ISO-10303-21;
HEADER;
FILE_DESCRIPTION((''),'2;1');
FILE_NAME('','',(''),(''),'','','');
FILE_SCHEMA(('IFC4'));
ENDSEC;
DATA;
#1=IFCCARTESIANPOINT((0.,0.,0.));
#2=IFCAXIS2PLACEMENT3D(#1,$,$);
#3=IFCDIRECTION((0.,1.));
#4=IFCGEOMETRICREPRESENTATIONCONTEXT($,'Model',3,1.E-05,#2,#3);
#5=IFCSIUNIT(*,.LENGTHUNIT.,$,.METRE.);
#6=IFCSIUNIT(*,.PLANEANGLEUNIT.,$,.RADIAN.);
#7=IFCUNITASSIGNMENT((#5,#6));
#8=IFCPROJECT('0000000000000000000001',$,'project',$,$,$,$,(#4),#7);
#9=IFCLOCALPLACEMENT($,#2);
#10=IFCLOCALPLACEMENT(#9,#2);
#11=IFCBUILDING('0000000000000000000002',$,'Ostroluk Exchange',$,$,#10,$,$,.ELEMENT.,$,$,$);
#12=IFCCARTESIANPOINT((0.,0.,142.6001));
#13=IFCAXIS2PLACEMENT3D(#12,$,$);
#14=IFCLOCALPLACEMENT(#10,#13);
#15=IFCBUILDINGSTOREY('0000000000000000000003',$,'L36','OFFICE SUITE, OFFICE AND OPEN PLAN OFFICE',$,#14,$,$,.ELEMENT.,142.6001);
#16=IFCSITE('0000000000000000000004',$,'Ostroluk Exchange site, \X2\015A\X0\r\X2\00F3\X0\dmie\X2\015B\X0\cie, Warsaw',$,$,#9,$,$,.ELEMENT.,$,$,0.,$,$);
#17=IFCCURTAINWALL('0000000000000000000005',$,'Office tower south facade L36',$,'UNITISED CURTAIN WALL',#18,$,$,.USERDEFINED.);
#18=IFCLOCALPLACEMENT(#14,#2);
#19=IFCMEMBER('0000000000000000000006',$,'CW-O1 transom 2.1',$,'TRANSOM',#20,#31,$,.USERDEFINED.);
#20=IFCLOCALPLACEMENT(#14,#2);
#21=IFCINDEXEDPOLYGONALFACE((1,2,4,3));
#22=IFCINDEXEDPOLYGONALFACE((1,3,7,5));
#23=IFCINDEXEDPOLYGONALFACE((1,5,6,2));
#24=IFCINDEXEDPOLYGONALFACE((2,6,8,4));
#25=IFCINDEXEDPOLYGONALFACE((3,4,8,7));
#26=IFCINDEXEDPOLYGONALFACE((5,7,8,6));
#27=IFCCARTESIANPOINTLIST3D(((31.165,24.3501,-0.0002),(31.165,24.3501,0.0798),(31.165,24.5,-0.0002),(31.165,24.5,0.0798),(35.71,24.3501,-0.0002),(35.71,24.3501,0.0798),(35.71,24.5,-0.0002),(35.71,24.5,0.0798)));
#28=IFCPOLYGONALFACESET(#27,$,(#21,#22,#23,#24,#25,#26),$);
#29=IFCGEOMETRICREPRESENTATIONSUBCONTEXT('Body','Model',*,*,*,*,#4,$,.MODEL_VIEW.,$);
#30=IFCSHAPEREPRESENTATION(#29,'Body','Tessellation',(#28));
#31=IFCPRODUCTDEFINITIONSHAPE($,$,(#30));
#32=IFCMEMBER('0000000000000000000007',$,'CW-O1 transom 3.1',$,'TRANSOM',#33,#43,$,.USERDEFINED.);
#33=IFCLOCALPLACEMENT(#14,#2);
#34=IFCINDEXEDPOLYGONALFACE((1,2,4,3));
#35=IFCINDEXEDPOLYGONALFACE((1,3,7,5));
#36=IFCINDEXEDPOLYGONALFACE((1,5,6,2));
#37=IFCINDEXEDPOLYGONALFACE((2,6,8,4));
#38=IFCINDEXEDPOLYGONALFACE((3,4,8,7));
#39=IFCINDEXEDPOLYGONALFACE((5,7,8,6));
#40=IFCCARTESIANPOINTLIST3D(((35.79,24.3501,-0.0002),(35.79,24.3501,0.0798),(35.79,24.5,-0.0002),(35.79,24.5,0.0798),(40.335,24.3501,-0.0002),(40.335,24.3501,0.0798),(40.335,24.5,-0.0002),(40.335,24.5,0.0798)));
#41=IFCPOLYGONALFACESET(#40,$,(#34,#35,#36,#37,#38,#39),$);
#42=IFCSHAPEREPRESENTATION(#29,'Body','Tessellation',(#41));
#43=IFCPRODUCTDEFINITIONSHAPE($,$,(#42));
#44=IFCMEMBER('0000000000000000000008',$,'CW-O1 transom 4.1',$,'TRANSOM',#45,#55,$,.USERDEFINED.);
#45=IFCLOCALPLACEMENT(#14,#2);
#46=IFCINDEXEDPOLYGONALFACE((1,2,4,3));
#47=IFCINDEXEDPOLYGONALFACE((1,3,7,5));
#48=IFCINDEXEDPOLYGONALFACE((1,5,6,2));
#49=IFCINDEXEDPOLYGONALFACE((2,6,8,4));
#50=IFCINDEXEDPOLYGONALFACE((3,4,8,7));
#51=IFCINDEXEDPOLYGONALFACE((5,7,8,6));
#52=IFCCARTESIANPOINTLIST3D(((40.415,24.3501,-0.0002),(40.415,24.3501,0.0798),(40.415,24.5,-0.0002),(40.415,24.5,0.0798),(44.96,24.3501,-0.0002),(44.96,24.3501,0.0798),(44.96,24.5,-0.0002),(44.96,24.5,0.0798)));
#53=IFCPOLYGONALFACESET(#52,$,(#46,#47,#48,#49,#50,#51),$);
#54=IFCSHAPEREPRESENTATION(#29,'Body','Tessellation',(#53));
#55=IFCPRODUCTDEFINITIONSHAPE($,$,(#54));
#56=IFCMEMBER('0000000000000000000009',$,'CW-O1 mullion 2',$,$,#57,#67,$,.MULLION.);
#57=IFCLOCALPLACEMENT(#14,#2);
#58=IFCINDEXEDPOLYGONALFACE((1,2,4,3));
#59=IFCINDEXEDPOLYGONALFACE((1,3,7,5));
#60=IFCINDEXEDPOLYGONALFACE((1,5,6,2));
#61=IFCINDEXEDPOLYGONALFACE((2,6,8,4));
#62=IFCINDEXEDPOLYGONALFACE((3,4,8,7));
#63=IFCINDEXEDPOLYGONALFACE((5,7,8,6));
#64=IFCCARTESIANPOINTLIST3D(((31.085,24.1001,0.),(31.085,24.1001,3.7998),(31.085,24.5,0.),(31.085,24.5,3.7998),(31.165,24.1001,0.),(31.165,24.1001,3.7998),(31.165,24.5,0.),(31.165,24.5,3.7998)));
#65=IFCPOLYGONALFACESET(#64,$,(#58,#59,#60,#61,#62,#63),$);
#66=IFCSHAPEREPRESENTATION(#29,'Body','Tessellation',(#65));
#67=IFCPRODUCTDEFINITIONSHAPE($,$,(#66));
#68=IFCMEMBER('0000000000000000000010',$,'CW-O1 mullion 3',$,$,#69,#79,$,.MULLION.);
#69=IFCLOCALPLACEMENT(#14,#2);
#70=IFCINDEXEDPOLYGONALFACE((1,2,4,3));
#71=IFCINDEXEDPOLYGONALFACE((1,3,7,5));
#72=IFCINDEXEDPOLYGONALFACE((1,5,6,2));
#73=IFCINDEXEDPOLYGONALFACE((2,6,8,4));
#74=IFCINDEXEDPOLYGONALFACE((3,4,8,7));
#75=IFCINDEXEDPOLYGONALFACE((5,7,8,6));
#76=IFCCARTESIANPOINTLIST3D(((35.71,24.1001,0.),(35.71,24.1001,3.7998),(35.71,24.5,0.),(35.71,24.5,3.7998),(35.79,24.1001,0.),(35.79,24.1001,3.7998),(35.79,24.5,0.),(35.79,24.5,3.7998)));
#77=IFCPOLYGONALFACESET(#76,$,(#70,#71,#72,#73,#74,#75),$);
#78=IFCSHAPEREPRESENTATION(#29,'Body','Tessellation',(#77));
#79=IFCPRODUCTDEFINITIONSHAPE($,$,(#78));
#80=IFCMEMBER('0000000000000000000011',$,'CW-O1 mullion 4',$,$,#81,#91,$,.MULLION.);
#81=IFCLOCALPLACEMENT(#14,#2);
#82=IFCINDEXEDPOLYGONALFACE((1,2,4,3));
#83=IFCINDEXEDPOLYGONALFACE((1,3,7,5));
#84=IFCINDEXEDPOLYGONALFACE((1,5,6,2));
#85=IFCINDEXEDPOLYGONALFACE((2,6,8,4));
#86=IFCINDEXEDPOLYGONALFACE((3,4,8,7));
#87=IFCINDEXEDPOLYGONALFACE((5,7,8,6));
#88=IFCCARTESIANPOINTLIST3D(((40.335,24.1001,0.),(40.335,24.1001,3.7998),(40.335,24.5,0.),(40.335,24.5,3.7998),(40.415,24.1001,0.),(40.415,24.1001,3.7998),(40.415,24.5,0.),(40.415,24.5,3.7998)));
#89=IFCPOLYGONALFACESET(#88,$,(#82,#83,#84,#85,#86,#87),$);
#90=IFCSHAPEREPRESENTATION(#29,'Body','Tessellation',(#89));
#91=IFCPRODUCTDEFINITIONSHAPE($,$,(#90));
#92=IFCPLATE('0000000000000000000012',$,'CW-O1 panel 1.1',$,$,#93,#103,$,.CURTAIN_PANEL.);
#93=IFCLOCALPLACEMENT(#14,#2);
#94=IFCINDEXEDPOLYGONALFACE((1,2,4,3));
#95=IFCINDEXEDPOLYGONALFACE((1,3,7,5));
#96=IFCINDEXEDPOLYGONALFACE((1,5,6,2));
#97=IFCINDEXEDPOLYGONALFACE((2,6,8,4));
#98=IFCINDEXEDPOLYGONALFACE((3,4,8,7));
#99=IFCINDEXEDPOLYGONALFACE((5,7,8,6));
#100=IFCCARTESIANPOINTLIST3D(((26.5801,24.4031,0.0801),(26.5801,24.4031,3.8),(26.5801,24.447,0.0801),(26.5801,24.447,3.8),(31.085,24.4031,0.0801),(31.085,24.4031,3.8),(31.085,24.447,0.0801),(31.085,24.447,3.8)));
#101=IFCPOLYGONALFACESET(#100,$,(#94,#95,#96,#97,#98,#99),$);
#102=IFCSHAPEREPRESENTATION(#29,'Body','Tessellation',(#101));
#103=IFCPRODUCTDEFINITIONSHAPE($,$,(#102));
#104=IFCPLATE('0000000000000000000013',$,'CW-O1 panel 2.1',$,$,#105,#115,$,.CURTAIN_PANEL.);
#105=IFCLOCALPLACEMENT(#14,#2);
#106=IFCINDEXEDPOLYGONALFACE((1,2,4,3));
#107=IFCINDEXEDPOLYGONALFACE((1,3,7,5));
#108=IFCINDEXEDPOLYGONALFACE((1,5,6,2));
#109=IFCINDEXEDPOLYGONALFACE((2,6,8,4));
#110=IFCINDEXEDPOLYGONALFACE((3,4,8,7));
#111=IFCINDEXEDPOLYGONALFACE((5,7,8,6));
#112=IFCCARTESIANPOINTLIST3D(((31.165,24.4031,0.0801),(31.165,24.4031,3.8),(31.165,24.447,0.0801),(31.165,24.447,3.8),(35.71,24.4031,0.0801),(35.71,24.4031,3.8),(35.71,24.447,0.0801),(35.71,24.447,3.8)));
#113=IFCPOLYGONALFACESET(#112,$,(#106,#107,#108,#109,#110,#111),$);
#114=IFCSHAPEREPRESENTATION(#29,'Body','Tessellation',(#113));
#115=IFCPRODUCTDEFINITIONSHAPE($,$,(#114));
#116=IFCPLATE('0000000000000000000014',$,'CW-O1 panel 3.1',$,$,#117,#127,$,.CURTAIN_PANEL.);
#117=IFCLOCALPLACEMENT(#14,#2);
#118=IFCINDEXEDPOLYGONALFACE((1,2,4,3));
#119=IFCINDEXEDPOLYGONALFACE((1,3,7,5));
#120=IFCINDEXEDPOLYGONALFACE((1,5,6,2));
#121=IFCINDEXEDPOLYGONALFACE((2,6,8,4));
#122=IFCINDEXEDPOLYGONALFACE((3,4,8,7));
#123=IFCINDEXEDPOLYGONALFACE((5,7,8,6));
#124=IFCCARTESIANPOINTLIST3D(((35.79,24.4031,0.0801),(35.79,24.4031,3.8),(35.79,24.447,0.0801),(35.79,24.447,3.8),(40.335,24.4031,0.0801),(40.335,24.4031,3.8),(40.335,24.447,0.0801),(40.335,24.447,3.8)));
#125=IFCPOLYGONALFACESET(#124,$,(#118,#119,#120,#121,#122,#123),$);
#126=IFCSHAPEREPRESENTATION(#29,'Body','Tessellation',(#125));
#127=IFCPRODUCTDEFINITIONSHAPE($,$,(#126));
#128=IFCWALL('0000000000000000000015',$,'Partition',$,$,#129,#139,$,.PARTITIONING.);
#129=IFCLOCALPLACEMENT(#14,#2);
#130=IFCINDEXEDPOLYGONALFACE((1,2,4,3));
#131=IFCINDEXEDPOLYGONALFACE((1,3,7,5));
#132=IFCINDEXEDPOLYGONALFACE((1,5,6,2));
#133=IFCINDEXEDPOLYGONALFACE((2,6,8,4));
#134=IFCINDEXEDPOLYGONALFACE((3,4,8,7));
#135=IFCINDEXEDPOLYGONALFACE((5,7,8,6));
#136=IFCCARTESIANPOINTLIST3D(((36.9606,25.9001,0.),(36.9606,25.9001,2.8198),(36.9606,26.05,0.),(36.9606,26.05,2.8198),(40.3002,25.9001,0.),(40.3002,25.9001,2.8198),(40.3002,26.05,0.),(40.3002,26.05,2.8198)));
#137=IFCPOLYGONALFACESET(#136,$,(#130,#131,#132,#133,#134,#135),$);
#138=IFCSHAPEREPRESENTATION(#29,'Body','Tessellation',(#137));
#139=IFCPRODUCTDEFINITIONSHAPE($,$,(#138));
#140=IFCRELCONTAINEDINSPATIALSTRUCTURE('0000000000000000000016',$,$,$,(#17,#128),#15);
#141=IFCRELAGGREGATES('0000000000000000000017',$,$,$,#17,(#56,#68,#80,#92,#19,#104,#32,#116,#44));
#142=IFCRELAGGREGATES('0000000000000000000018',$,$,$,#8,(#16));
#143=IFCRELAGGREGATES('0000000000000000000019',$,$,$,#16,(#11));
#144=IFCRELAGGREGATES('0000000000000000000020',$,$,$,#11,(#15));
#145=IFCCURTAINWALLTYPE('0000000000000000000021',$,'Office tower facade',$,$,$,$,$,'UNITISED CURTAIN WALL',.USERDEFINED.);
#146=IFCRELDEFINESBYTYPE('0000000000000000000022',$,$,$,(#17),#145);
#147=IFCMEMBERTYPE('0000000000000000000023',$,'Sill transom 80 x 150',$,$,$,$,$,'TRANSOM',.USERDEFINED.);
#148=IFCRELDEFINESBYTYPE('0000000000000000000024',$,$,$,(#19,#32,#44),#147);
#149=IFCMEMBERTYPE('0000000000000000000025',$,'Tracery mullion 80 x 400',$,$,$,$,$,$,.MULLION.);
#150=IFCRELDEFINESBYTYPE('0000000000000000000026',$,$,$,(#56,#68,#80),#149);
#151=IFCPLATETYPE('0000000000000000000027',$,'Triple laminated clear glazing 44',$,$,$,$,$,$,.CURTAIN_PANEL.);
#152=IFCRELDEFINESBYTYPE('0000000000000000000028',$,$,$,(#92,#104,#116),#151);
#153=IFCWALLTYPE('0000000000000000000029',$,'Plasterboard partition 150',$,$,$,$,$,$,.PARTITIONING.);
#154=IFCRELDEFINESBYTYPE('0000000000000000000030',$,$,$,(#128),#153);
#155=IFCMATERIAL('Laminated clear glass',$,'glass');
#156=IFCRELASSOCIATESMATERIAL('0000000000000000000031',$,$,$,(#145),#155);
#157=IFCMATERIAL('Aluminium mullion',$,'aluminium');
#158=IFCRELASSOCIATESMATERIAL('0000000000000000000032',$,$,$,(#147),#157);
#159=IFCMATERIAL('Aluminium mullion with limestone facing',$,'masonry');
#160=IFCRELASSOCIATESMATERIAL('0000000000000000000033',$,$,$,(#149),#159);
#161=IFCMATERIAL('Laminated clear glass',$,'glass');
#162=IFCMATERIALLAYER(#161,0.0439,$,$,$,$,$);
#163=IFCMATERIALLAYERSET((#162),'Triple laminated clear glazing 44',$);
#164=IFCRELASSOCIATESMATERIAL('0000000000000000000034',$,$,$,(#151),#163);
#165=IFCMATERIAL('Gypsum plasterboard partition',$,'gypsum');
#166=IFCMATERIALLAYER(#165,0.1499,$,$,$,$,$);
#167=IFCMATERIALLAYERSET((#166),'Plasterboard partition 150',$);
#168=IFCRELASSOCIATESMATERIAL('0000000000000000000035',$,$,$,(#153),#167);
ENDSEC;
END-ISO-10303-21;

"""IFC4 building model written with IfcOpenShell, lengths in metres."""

from ifc_helpers import new_model, si_unit, direction, frame, frame_2d, origin, origin_2d, place, context, subcontext, project, spatial, rectangle, extrude, material, layer, layer_set, material_profile, profile_set, type_object, element, aggregate, save


model = new_model("IFC4")

# Units and contexts
model_context = context("Model", 3, precision=1e-05, world=origin(), true_north=direction((0.0, 1.0)))
body_context = subcontext(model_context, "Body", "Model", "MODEL_VIEW")
ifc_project = project(units=[si_unit("LENGTHUNIT", "METRE"), si_unit("PLANEANGLEUNIT", "RADIAN")], contexts=[model_context])

# Site, building, storey
site_placement = place(None, origin())
site = spatial("IfcSite", under=ifc_project, at=site_placement, Name="Ostroluk Exchange site, Śródmieście, Warsaw", CompositionType="ELEMENT", RefElevation=0.0)
building_placement = place(site_placement, origin())
building = spatial("IfcBuilding", under=site, at=building_placement, Name="Ostroluk Exchange", CompositionType="ELEMENT")
storey_placement = place(building_placement, frame((0.0, 0.0, 142.6001)))
storey = spatial("IfcBuildingStorey", under=building, at=storey_placement, Name="L36", Description="OFFICE SUITE, OFFICE AND OPEN PLAN OFFICE", CompositionType="ELEMENT", Elevation=142.6001)

# Curtain wall, members, plates
ifc_material_1 = material(Name="Laminated clear glass", Category="glass")
curtain_wall_type = type_object("IfcCurtainWallType", Name="Office tower facade", ElementType="UNITISED CURTAIN WALL", PredefinedType="USERDEFINED", material=ifc_material_1)
curtain_wall_placement = place(storey_placement, origin())
curtain_wall = element("IfcCurtainWall", 1, at=curtain_wall_placement, inside=storey, type_object=curtain_wall_type, Name="Office tower south facade L36", ObjectType="UNITISED CURTAIN WALL", PredefinedType="USERDEFINED")
ifc_material_2 = material(Name="Aluminium mullion", Category="aluminium")
ifc_material_profile_1 = material_profile(ifc_material_2, rectangle(XDim=0.1499, YDim=0.0801, at=origin_2d()), Name="Sill transom 80 x 150")
ifc_profile_set_1 = profile_set([ifc_material_profile_1], Name="Aluminium mullion")
member_type_1 = type_object("IfcMemberType", Name="Sill transom 80 x 150", ElementType="TRANSOM", PredefinedType="USERDEFINED", material=ifc_profile_set_1)
member_1_placement = place(storey_placement, frame((31.165, 24.425, 0.0398), z_axis=(1.0, 0.0, 0.0), x_axis=(0.0, 1.0, 0.0)))
member_1 = element("IfcMember", 2, at=member_1_placement, type_object=member_type_1, Name="CW-O1 transom 2.1", ObjectType="TRANSOM", PredefinedType="USERDEFINED", context=body_context, shape_type="SweptSolid", body=[
    extrude(rectangle(XDim=0.1499, YDim=0.0801, at=origin_2d()), origin(), (0.0, 0.0, 1.0), 4.5449),
])
member_2_placement = place(storey_placement, frame((35.79, 24.425, 0.0398), z_axis=(1.0, 0.0, 0.0), x_axis=(0.0, 1.0, 0.0)))
member_2 = element("IfcMember", 3, at=member_2_placement, type_object=member_type_1, Name="CW-O1 transom 3.1", ObjectType="TRANSOM", PredefinedType="USERDEFINED", context=body_context, shape_type="SweptSolid", body=[
    extrude(rectangle(XDim=0.1499, YDim=0.0801, at=origin_2d()), origin(), (0.0, 0.0, 1.0), 4.5449),
])
member_3_placement = place(storey_placement, frame((40.415, 24.425, 0.0398), z_axis=(1.0, 0.0, 0.0), x_axis=(0.0, 1.0, 0.0)))
member_3 = element("IfcMember", 4, at=member_3_placement, type_object=member_type_1, Name="CW-O1 transom 4.1", ObjectType="TRANSOM", PredefinedType="USERDEFINED", context=body_context, shape_type="SweptSolid", body=[
    extrude(rectangle(XDim=0.1499, YDim=0.0801, at=origin_2d()), origin(), (0.0, 0.0, 1.0), 4.5449),
])
ifc_material_3 = material(Name="Aluminium mullion with limestone facing", Category="masonry")
ifc_material_profile_2 = material_profile(ifc_material_3, rectangle(XDim=0.3999, YDim=0.0801, at=origin_2d()), Name="Tracery mullion 80 x 400")
ifc_profile_set_2 = profile_set([ifc_material_profile_2], Name="Aluminium mullion with limestone facing")
member_type_2 = type_object("IfcMemberType", Name="Tracery mullion 80 x 400", PredefinedType="MULLION", material=ifc_profile_set_2)
member_4_placement = place(storey_placement, frame((31.125, 24.3, 0.0), z_axis=(0.0, 0.0, 1.0), x_axis=(0.0, 1.0, 0.0)))
member_4 = element("IfcMember", 5, at=member_4_placement, type_object=member_type_2, Name="CW-O1 mullion 2", PredefinedType="MULLION", context=body_context, shape_type="SweptSolid", body=[
    extrude(rectangle(XDim=0.3999, YDim=0.0801, at=origin_2d()), origin(), (0.0, 0.0, 1.0), 3.7998),
])
member_5_placement = place(storey_placement, frame((35.75, 24.3, 0.0), z_axis=(0.0, 0.0, 1.0), x_axis=(0.0, 1.0, 0.0)))
member_5 = element("IfcMember", 6, at=member_5_placement, type_object=member_type_2, Name="CW-O1 mullion 3", PredefinedType="MULLION", context=body_context, shape_type="SweptSolid", body=[
    extrude(rectangle(XDim=0.3999, YDim=0.0801, at=origin_2d()), origin(), (0.0, 0.0, 1.0), 3.7998),
])
member_6_placement = place(storey_placement, frame((40.375, 24.3, 0.0), z_axis=(0.0, 0.0, 1.0), x_axis=(0.0, 1.0, 0.0)))
member_6 = element("IfcMember", 7, at=member_6_placement, type_object=member_type_2, Name="CW-O1 mullion 4", PredefinedType="MULLION", context=body_context, shape_type="SweptSolid", body=[
    extrude(rectangle(XDim=0.3999, YDim=0.0801, at=origin_2d()), origin(), (0.0, 0.0, 1.0), 3.7998),
])
ifc_material_4 = material(Name="Laminated clear glass", Category="glass")
ifc_layer_1 = layer(ifc_material_4, 0.0439)
ifc_layer_set_1 = layer_set([ifc_layer_1], Name="Triple laminated clear glazing 44")
plate_type = type_object("IfcPlateType", Name="Triple laminated clear glazing 44", PredefinedType="CURTAIN_PANEL", material=ifc_layer_set_1)
plate_1_placement = place(storey_placement, frame((28.8325, 24.425, 0.0801), z_axis=(0.0, 0.0, 1.0), x_axis=(1.0, 0.0, 0.0)))
plate_1 = element("IfcPlate", 8, at=plate_1_placement, type_object=plate_type, Name="CW-O1 panel 1.1", PredefinedType="CURTAIN_PANEL", context=body_context, shape_type="SweptSolid", body=[
    extrude(rectangle(XDim=4.5049, YDim=0.0439, at=origin_2d()), origin(), (0.0, 0.0, 1.0), 3.72),
])
plate_2_placement = place(storey_placement, frame((33.4375, 24.425, 0.0801), z_axis=(0.0, 0.0, 1.0), x_axis=(1.0, 0.0, 0.0)))
plate_2 = element("IfcPlate", 9, at=plate_2_placement, type_object=plate_type, Name="CW-O1 panel 2.1", PredefinedType="CURTAIN_PANEL", context=body_context, shape_type="SweptSolid", body=[
    extrude(rectangle(XDim=4.5449, YDim=0.0439, at=origin_2d()), origin(), (0.0, 0.0, 1.0), 3.72),
])
plate_3_placement = place(storey_placement, frame((38.0625, 24.425, 0.0801), z_axis=(0.0, 0.0, 1.0), x_axis=(1.0, 0.0, 0.0)))
plate_3 = element("IfcPlate", 10, at=plate_3_placement, type_object=plate_type, Name="CW-O1 panel 3.1", PredefinedType="CURTAIN_PANEL", context=body_context, shape_type="SweptSolid", body=[
    extrude(rectangle(XDim=4.5449, YDim=0.0439, at=origin_2d()), origin(), (0.0, 0.0, 1.0), 3.72),
])
aggregate(curtain_wall, [member_4, member_5, member_6, plate_1, member_1, plate_2, member_2, plate_3, member_3])

# Wall
ifc_material_5 = material(Name="Gypsum plasterboard partition", Category="gypsum")
ifc_layer_2 = layer(ifc_material_5, 0.1499)
ifc_layer_set_2 = layer_set([ifc_layer_2], Name="Plasterboard partition 150")
wall_type = type_object("IfcWallType", Name="Plasterboard partition 150", PredefinedType="PARTITIONING", material=ifc_layer_set_2)
wall_1_placement = place(storey_placement, frame((36.9604, 25.9751, 0.0), z_axis=(0.0, 0.0, 1.0), x_axis=(1.0, 0.0, 0.0)))
element("IfcWall", 11, at=wall_1_placement, inside=storey, type_object=wall_type, Name="Partition", PredefinedType="PARTITIONING", context=body_context, shape_type="SweptSolid", body=[
    extrude(rectangle(XDim=3.3396, YDim=0.1499, at=frame_2d((1.6699, 0.0))), origin(), (0.0, 0.0, 1.0), 2.8198),
])

save(model, "model.ifc")
